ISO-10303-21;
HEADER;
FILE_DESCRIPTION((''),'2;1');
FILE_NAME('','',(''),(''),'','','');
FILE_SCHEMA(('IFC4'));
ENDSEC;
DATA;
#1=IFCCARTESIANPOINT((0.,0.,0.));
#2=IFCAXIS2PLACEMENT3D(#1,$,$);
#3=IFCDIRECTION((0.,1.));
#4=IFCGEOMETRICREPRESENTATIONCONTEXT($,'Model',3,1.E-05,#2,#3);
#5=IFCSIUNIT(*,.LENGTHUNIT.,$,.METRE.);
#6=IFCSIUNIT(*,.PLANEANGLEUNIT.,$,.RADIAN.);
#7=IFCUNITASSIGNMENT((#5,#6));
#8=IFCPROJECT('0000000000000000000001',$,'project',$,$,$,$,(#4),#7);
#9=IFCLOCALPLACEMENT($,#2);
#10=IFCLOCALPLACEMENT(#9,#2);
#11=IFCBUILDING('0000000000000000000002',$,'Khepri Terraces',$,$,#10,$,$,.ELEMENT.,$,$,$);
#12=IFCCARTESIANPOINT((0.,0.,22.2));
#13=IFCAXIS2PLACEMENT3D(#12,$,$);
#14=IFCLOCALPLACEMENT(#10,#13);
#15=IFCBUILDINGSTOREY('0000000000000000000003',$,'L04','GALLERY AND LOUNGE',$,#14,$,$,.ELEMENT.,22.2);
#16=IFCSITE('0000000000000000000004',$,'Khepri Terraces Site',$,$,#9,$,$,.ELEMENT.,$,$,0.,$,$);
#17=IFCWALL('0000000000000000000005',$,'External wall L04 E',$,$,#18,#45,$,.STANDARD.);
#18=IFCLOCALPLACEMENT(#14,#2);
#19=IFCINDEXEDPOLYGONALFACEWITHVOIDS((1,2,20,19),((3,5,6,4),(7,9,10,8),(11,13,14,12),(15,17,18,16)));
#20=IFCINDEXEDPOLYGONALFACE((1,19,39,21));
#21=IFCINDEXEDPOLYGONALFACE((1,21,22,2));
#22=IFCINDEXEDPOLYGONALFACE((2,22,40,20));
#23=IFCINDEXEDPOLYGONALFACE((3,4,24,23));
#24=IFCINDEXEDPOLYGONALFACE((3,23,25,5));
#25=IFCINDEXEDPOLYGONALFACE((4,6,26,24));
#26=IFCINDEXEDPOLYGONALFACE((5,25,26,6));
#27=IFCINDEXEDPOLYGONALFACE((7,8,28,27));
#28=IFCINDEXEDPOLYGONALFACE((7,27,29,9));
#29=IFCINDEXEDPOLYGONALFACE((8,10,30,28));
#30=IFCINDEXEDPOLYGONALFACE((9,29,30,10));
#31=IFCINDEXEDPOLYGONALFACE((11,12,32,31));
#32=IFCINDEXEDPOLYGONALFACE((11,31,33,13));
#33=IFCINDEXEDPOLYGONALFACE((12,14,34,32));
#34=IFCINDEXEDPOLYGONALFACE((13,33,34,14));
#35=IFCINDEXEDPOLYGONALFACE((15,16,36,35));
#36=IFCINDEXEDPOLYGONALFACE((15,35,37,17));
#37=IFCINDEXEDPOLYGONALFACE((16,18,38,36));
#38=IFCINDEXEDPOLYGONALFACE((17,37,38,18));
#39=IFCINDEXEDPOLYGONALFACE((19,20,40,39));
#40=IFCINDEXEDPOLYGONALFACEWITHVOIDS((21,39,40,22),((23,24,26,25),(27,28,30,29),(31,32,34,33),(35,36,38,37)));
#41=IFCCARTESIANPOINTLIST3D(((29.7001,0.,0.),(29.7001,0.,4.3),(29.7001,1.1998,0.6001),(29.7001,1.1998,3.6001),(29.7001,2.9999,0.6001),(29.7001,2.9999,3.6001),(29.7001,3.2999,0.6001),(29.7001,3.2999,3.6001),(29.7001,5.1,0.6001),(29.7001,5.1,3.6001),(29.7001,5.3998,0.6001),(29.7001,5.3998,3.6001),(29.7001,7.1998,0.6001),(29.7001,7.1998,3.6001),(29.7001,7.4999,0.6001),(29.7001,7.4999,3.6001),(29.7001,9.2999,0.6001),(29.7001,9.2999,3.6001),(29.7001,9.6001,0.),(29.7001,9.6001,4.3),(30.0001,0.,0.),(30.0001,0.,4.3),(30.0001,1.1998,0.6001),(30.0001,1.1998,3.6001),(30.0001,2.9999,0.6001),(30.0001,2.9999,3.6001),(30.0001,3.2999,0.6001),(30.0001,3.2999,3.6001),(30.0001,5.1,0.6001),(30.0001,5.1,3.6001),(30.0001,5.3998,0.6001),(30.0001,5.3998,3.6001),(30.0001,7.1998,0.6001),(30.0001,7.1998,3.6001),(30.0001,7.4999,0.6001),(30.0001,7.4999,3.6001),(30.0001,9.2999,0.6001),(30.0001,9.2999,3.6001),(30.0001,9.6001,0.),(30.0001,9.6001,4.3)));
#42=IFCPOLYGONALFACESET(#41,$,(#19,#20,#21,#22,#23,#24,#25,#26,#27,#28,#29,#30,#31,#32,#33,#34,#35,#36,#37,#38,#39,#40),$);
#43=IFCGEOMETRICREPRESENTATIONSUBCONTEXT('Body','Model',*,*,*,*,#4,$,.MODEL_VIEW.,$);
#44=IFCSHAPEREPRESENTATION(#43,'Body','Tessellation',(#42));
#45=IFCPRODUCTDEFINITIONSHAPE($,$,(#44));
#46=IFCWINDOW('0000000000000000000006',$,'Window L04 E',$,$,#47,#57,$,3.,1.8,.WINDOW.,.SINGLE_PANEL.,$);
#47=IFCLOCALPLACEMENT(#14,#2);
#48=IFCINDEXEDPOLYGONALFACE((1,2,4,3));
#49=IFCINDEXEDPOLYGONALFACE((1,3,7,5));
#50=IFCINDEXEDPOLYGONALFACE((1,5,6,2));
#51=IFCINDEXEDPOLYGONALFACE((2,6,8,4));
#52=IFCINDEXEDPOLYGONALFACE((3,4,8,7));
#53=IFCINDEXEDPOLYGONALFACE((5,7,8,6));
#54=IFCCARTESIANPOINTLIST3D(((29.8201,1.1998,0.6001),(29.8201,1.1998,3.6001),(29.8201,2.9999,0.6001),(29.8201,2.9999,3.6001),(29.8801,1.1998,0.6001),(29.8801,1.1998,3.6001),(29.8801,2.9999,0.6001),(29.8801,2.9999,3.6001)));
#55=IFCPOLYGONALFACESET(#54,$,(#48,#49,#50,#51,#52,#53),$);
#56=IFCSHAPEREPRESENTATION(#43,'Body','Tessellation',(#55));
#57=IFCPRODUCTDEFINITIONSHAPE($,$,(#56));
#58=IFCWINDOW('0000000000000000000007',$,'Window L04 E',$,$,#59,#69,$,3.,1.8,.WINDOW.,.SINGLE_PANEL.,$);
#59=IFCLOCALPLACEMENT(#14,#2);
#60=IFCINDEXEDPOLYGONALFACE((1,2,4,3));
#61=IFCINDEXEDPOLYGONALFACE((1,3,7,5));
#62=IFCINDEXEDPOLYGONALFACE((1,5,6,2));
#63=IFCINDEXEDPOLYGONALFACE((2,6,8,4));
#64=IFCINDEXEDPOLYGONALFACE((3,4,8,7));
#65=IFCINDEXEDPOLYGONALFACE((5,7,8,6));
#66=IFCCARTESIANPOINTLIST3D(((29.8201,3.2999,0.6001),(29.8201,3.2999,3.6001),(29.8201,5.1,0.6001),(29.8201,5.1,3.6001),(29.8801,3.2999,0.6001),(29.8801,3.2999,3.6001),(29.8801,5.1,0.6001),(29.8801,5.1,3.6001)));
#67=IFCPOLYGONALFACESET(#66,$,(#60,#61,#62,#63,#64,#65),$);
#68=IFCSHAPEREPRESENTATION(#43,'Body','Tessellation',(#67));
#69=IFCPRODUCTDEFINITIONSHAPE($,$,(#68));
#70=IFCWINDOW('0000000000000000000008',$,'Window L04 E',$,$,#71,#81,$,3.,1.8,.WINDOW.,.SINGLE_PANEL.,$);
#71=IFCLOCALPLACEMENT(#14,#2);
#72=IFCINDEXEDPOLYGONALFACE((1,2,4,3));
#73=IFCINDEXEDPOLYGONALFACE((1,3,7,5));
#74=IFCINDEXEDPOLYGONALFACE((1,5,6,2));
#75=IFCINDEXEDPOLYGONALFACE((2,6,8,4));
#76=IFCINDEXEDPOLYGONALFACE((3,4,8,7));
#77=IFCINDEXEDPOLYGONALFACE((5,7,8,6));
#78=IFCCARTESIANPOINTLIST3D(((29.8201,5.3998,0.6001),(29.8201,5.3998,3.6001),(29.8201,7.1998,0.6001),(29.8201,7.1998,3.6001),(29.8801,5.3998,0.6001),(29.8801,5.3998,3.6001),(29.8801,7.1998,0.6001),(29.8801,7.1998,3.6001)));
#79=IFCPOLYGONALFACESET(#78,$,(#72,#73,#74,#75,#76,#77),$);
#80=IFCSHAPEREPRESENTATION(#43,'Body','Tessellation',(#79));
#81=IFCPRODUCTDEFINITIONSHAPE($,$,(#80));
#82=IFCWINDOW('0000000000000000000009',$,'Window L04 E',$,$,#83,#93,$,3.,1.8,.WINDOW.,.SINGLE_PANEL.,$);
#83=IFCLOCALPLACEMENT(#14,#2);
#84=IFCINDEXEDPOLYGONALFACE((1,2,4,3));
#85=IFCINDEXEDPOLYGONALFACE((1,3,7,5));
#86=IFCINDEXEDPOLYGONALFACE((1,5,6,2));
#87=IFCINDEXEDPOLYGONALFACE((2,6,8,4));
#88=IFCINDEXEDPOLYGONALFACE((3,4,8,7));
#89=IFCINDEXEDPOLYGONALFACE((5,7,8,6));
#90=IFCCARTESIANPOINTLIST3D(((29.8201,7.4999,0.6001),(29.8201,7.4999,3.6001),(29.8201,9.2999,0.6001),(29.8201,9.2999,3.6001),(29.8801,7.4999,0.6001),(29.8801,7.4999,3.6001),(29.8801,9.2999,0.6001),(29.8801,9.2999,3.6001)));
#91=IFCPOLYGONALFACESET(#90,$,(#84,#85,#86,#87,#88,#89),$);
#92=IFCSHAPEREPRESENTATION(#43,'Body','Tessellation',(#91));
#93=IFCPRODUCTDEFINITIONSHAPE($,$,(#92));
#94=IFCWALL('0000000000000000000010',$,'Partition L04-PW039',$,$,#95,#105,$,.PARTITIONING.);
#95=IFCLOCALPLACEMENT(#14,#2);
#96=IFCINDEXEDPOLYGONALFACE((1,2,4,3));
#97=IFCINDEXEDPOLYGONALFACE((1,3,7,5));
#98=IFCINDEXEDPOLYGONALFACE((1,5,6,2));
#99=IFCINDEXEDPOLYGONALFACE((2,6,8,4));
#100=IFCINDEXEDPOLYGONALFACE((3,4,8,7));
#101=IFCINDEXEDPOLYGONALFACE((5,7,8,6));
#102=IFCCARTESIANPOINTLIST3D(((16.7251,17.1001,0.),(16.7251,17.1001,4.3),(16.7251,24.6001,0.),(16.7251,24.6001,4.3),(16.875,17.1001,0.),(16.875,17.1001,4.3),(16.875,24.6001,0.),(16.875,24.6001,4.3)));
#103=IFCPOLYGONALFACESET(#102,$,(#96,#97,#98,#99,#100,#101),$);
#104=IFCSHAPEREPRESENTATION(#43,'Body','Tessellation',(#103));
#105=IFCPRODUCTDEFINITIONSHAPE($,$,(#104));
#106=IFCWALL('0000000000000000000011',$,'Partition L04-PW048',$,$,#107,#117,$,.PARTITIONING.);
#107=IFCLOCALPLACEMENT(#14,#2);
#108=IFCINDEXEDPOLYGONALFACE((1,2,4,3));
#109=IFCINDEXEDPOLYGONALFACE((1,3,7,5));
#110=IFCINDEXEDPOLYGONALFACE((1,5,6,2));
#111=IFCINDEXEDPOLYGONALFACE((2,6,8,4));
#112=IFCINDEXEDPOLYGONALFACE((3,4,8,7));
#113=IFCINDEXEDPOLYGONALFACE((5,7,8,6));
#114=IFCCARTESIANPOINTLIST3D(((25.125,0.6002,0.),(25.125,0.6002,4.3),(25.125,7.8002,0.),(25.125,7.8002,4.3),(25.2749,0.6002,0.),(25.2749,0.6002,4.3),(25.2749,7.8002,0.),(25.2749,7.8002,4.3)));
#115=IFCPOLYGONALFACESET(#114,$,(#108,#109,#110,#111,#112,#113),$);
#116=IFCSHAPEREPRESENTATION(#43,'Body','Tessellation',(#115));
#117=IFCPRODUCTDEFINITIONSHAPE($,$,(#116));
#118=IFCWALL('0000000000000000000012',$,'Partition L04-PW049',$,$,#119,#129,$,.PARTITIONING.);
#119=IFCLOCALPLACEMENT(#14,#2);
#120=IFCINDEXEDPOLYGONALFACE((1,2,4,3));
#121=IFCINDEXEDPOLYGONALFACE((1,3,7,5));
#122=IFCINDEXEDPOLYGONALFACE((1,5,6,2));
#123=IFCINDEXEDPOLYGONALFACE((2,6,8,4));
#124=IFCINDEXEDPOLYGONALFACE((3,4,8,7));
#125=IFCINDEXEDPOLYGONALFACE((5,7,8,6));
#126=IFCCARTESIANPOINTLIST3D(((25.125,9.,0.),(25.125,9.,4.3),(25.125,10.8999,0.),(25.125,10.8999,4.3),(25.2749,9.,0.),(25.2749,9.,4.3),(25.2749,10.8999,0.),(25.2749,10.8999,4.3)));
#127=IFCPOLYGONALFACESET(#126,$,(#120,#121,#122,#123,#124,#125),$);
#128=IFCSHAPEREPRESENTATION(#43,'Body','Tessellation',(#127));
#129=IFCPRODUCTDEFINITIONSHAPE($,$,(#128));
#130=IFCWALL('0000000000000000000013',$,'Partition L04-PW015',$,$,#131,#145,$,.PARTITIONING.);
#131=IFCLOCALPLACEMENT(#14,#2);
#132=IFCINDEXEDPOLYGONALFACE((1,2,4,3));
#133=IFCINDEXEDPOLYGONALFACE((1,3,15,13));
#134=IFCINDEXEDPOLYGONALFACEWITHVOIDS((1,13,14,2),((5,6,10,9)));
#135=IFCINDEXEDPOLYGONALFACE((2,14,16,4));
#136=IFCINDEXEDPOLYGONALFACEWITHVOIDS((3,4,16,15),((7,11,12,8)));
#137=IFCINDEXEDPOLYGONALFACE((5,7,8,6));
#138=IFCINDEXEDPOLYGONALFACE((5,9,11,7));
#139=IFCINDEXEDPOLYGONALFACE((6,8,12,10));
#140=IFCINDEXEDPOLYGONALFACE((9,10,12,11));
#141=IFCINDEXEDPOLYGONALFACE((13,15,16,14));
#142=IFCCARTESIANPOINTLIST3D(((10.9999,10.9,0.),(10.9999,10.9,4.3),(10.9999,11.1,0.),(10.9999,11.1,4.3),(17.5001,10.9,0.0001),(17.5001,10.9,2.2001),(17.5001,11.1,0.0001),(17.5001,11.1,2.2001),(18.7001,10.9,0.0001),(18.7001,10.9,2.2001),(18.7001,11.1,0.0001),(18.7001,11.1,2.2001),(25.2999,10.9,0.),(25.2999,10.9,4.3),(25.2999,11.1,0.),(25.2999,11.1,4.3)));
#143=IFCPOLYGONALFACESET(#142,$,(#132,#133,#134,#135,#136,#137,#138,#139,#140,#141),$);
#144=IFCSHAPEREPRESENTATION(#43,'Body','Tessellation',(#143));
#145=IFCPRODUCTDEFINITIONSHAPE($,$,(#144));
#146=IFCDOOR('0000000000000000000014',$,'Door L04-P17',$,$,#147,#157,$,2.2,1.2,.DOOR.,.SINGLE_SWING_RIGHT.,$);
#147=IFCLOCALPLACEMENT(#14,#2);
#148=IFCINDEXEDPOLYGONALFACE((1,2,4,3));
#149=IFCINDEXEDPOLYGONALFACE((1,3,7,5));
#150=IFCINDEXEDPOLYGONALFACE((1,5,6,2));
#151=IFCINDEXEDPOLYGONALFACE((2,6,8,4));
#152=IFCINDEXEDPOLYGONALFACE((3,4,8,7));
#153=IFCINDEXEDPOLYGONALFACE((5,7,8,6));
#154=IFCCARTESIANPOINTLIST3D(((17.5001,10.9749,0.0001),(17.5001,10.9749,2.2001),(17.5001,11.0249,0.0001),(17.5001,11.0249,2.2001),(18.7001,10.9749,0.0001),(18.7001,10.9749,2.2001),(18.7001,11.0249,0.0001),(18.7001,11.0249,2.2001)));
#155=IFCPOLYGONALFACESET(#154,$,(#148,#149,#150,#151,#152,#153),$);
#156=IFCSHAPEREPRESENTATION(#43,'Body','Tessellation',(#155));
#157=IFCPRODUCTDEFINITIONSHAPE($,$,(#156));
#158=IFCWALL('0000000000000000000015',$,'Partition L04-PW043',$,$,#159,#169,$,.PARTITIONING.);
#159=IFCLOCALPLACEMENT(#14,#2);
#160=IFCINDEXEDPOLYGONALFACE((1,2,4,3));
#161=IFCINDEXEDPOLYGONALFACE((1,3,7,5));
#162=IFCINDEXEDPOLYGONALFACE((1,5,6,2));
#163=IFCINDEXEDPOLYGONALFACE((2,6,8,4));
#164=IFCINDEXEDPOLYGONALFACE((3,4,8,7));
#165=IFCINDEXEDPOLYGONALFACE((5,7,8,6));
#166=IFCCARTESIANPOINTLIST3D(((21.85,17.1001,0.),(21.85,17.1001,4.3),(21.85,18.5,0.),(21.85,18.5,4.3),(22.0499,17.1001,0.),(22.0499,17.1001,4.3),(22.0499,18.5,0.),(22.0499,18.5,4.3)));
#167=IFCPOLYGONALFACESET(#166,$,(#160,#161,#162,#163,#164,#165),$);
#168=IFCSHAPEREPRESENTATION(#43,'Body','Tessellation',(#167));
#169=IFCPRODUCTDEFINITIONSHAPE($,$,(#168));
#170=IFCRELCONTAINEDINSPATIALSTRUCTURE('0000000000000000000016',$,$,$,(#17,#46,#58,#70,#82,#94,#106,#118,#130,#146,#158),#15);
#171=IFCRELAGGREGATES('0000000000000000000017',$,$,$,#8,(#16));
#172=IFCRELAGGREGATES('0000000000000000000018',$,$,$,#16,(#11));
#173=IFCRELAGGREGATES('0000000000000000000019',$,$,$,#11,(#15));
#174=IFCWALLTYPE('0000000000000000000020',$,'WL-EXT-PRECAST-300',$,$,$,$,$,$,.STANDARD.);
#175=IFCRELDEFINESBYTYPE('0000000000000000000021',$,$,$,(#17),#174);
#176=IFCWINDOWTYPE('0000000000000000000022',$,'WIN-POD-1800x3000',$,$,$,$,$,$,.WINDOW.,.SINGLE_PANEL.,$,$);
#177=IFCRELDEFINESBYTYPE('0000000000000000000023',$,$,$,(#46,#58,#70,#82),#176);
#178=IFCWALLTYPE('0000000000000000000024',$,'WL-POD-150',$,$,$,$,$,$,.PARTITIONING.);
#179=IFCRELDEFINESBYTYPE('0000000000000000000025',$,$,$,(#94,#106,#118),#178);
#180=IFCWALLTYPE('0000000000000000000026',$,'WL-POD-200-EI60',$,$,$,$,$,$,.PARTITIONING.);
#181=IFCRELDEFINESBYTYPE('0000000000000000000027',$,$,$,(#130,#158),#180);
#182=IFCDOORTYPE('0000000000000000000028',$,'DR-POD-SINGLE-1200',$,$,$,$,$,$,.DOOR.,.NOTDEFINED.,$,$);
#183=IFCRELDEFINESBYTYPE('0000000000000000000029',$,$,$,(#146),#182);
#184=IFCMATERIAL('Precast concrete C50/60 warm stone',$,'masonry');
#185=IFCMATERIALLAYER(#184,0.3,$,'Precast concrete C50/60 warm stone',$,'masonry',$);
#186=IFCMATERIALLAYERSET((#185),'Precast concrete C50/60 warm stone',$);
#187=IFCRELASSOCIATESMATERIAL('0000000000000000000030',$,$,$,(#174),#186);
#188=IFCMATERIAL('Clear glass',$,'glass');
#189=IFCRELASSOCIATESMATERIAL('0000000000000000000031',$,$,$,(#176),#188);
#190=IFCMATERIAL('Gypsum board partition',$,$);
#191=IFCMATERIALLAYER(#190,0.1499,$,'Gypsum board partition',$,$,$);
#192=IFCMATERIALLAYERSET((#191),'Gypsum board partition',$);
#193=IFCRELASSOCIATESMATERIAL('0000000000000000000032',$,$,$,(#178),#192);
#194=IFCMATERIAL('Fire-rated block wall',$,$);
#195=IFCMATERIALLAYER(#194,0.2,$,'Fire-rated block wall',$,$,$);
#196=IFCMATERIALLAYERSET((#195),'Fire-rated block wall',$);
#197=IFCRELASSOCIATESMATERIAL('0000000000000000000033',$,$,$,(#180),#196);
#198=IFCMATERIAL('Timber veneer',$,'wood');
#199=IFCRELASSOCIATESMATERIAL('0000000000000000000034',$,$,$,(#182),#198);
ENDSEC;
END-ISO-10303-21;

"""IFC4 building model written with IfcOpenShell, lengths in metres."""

from ifc_helpers import new_model, si_unit, direction, frame, frame_2d, origin, place, context, subcontext, project, spatial, rectangle, extrude, material, layer, layer_set, type_object, element, fill, save


model = new_model("IFC4")

# Units and contexts
model_context = context("Model", 3, precision=1e-05, world=origin(), true_north=direction((0.0, 1.0)))
body_context = subcontext(model_context, "Body", "Model", "MODEL_VIEW")
ifc_project = project(units=[si_unit("LENGTHUNIT", "METRE"), si_unit("PLANEANGLEUNIT", "RADIAN")], contexts=[model_context])

# Site, building, storey
site_placement = place(None, origin())
site = spatial("IfcSite", under=ifc_project, at=site_placement, Name="Khepri Terraces Site", CompositionType="ELEMENT", RefElevation=0.0)
building_placement = place(site_placement, origin())
building = spatial("IfcBuilding", under=site, at=building_placement, Name="Khepri Terraces", CompositionType="ELEMENT")
storey_placement = place(building_placement, frame((0.0, 0.0, 22.2)))
storey = spatial("IfcBuildingStorey", under=building, at=storey_placement, Name="L04", Description="GALLERY AND LOUNGE", CompositionType="ELEMENT", Elevation=22.2)

# Shared definitions
ifc_material_1 = material(Name="Clear glass", Category="glass")

# Wall, openings, windows
ifc_material_2 = material(Name="Precast concrete C50/60 warm stone", Category="masonry")
ifc_layer_1 = layer(ifc_material_2, 0.3, Name="Precast concrete C50/60 warm stone", Category="masonry")
ifc_layer_set_1 = layer_set([ifc_layer_1], Name="Precast concrete C50/60 warm stone")
wall_type_1 = type_object("IfcWallType", Name="WL-EXT-PRECAST-300", PredefinedType="STANDARD", material=ifc_layer_set_1)
wall_1_placement = place(storey_placement, frame((29.8501, 0.0, 0.0), z_axis=(0.0, 0.0, 1.0), x_axis=(0.0, 1.0, 0.0)))
wall_1 = element("IfcWall", 1, at=wall_1_placement, inside=storey, type_object=wall_type_1, Name="External wall L04 E", PredefinedType="STANDARD", context=body_context, shape_type="SweptSolid", body=[
    extrude(rectangle(XDim=9.6001, YDim=0.3, at=frame_2d((4.8, 0.0))), origin(), (0.0, 0.0, 1.0), 4.3),
])
opening_1_placement = place(wall_1_placement, frame((1.2, 0.0, 0.6001)))
opening_1 = element("IfcOpeningElement", 2, at=opening_1_placement, cuts=wall_1, PredefinedType="OPENING", context=body_context, shape_type="SweptSolid", body=[
    extrude(rectangle(XDim=1.8, YDim=3.0, at=frame_2d((0.8999, 1.5))), frame((0.0, 0.1602, 0.0), z_axis=(0.0, -1.0, 0.0), x_axis=(1.0, 0.0, 0.0)), (0.0, 0.0, 1.0), 0.3201),
])
opening_2_placement = place(wall_1_placement, frame((3.3, 0.0, 0.6001)))
opening_2 = element("IfcOpeningElement", 3, at=opening_2_placement, cuts=wall_1, PredefinedType="OPENING", context=body_context, shape_type="SweptSolid", body=[
    extrude(rectangle(XDim=1.8, YDim=3.0, at=frame_2d((0.8999, 1.5))), frame((0.0, 0.1602, 0.0), z_axis=(0.0, -1.0, 0.0), x_axis=(1.0, 0.0, 0.0)), (0.0, 0.0, 1.0), 0.3201),
])
opening_3_placement = place(wall_1_placement, frame((5.3999, 0.0, 0.6001)))
opening_3 = element("IfcOpeningElement", 4, at=opening_3_placement, cuts=wall_1, PredefinedType="OPENING", context=body_context, shape_type="SweptSolid", body=[
    extrude(rectangle(XDim=1.8, YDim=3.0, at=frame_2d((0.8999, 1.5))), frame((0.0, 0.1602, 0.0), z_axis=(0.0, -1.0, 0.0), x_axis=(1.0, 0.0, 0.0)), (0.0, 0.0, 1.0), 0.3201),
])
opening_4_placement = place(wall_1_placement, frame((7.5, 0.0, 0.6001)))
opening_4 = element("IfcOpeningElement", 5, at=opening_4_placement, cuts=wall_1, PredefinedType="OPENING", context=body_context, shape_type="SweptSolid", body=[
    extrude(rectangle(XDim=1.8, YDim=3.0, at=frame_2d((0.8999, 1.5))), frame((0.0, 0.1602, 0.0), z_axis=(0.0, -1.0, 0.0), x_axis=(1.0, 0.0, 0.0)), (0.0, 0.0, 1.0), 0.3201),
])
window_type = type_object("IfcWindowType", Name="WIN-POD-1800x3000", PartitioningType="SINGLE_PANEL", PredefinedType="WINDOW", material=ifc_material_1)
window_1_placement = place(opening_1_placement, origin())
window_1 = element("IfcWindow", 6, at=window_1_placement, inside=storey, type_object=window_type, Name="Window L04 E", OverallHeight=3.0, OverallWidth=1.8, PartitioningType="SINGLE_PANEL", PredefinedType="WINDOW", context=body_context, shape_type="SweptSolid", body=[
    extrude(rectangle(XDim=1.8, YDim=3.0, at=frame_2d((0.8999, 1.5))), frame((0.0, 0.03, 0.0), z_axis=(0.0, -1.0, 0.0), x_axis=(1.0, 0.0, 0.0)), (0.0, 0.0, 1.0), 0.0601),
])
fill(opening_1, window_1)
window_2_placement = place(opening_2_placement, origin())
window_2 = element("IfcWindow", 7, at=window_2_placement, inside=storey, type_object=window_type, Name="Window L04 E", OverallHeight=3.0, OverallWidth=1.8, PartitioningType="SINGLE_PANEL", PredefinedType="WINDOW", context=body_context, shape_type="SweptSolid", body=[
    extrude(rectangle(XDim=1.8, YDim=3.0, at=frame_2d((0.8999, 1.5))), frame((0.0, 0.03, 0.0), z_axis=(0.0, -1.0, 0.0), x_axis=(1.0, 0.0, 0.0)), (0.0, 0.0, 1.0), 0.0601),
])
fill(opening_2, window_2)
window_3_placement = place(opening_3_placement, origin())
window_3 = element("IfcWindow", 8, at=window_3_placement, inside=storey, type_object=window_type, Name="Window L04 E", OverallHeight=3.0, OverallWidth=1.8, PartitioningType="SINGLE_PANEL", PredefinedType="WINDOW", context=body_context, shape_type="SweptSolid", body=[
    extrude(rectangle(XDim=1.8, YDim=3.0, at=frame_2d((0.8999, 1.5))), frame((0.0, 0.03, 0.0), z_axis=(0.0, -1.0, 0.0), x_axis=(1.0, 0.0, 0.0)), (0.0, 0.0, 1.0), 0.0601),
])
fill(opening_3, window_3)
window_4_placement = place(opening_4_placement, origin())
window_4 = element("IfcWindow", 9, at=window_4_placement, inside=storey, type_object=window_type, Name="Window L04 E", OverallHeight=3.0, OverallWidth=1.8, PartitioningType="SINGLE_PANEL", PredefinedType="WINDOW", context=body_context, shape_type="SweptSolid", body=[
    extrude(rectangle(XDim=1.8, YDim=3.0, at=frame_2d((0.8999, 1.5))), frame((0.0, 0.03, 0.0), z_axis=(0.0, -1.0, 0.0), x_axis=(1.0, 0.0, 0.0)), (0.0, 0.0, 1.0), 0.0601),
])
fill(opening_4, window_4)

# Walls
ifc_material_3 = material(Name="Gypsum board partition")
ifc_layer_2 = layer(ifc_material_3, 0.1499, Name="Gypsum board partition")
ifc_layer_set_2 = layer_set([ifc_layer_2], Name="Gypsum board partition")
wall_type_2 = type_object("IfcWallType", Name="WL-POD-150", PredefinedType="PARTITIONING", material=ifc_layer_set_2)
wall_2_placement = place(storey_placement, frame((16.8, 17.1001, 0.0), z_axis=(0.0, 0.0, 1.0), x_axis=(0.0, 1.0, 0.0)))
element("IfcWall", 10, at=wall_2_placement, inside=storey, type_object=wall_type_2, Name="Partition L04-PW039", PredefinedType="PARTITIONING", context=body_context, shape_type="SweptSolid", body=[
    extrude(rectangle(XDim=7.5, YDim=0.1499, at=frame_2d((3.75, 0.0))), origin(), (0.0, 0.0, 1.0), 4.3),
])
wall_3_placement = place(storey_placement, frame((25.2, 0.6001, 0.0), z_axis=(0.0, 0.0, 1.0), x_axis=(0.0, 1.0, 0.0)))
element("IfcWall", 11, at=wall_3_placement, inside=storey, type_object=wall_type_2, Name="Partition L04-PW048", PredefinedType="PARTITIONING", context=body_context, shape_type="SweptSolid", body=[
    extrude(rectangle(XDim=7.2, YDim=0.1499, at=frame_2d((3.6001, 0.0))), origin(), (0.0, 0.0, 1.0), 4.3),
])
wall_4_placement = place(storey_placement, frame((25.2, 9.0, 0.0), z_axis=(0.0, 0.0, 1.0), x_axis=(0.0, 1.0, 0.0)))
element("IfcWall", 12, at=wall_4_placement, inside=storey, type_object=wall_type_2, Name="Partition L04-PW049", PredefinedType="PARTITIONING", context=body_context, shape_type="SweptSolid", body=[
    extrude(rectangle(XDim=1.8999, YDim=0.1499, at=frame_2d((0.95, 0.0))), origin(), (0.0, 0.0, 1.0), 4.3),
])

# Wall, opening, door
ifc_material_4 = material(Name="Fire-rated block wall")
ifc_layer_3 = layer(ifc_material_4, 0.2, Name="Fire-rated block wall")
ifc_layer_set_3 = layer_set([ifc_layer_3], Name="Fire-rated block wall")
wall_type_3 = type_object("IfcWallType", Name="WL-POD-200-EI60", PredefinedType="PARTITIONING", material=ifc_layer_set_3)
wall_5_placement = place(storey_placement, frame((11.0, 11.0, 0.0), z_axis=(0.0, 0.0, 1.0), x_axis=(1.0, 0.0, 0.0)))
wall_5 = element("IfcWall", 13, at=wall_5_placement, inside=storey, type_object=wall_type_3, Name="Partition L04-PW015", PredefinedType="PARTITIONING", context=body_context, shape_type="SweptSolid", body=[
    extrude(rectangle(XDim=14.3, YDim=0.2, at=frame_2d((7.1499, 0.0))), origin(), (0.0, 0.0, 1.0), 4.3),
])
opening_5_placement = place(wall_5_placement, frame((6.5, 0.0, 0.0)))
opening_5 = element("IfcOpeningElement", 14, at=opening_5_placement, cuts=wall_5, PredefinedType="OPENING", context=body_context, shape_type="SweptSolid", body=[
    extrude(rectangle(XDim=1.2, YDim=2.2, at=frame_2d((0.6001, 1.1001))), frame((0.0, 0.1099, 0.0), z_axis=(0.0, -1.0, 0.0), x_axis=(1.0, 0.0, 0.0)), (0.0, 0.0, 1.0), 0.22),
])
ifc_material_5 = material(Name="Timber veneer", Category="wood")
door_type_1 = type_object("IfcDoorType", Name="DR-POD-SINGLE-1200", OperationType="NOTDEFINED", PredefinedType="DOOR", material=ifc_material_5)
door_1_placement = place(opening_5_placement, origin())
door_1 = element("IfcDoor", 15, at=door_1_placement, inside=storey, type_object=door_type_1, Name="Door L04-P17", OperationType="SINGLE_SWING_RIGHT", OverallHeight=2.2, OverallWidth=1.2, PredefinedType="DOOR", context=body_context, shape_type="SweptSolid", body=[
    extrude(rectangle(XDim=1.2, YDim=2.2, at=frame_2d((0.6001, 1.1001))), frame((0.0, 0.0249, 0.0), z_axis=(0.0, -1.0, 0.0), x_axis=(1.0, 0.0, 0.0)), (0.0, 0.0, 1.0), 0.05),
])
fill(opening_5, door_1)

# Wall
wall_6_placement = place(storey_placement, frame((21.95, 17.1001, 0.0), z_axis=(0.0, 0.0, 1.0), x_axis=(0.0, 1.0, 0.0)))
element("IfcWall", 16, at=wall_6_placement, inside=storey, type_object=wall_type_3, Name="Partition L04-PW043", PredefinedType="PARTITIONING", context=body_context, shape_type="SweptSolid", body=[
    extrude(rectangle(XDim=1.3999, YDim=0.2, at=frame_2d((0.7, 0.0))), origin(), (0.0, 0.0, 1.0), 4.3),
])

save(model, "model.ifc")
